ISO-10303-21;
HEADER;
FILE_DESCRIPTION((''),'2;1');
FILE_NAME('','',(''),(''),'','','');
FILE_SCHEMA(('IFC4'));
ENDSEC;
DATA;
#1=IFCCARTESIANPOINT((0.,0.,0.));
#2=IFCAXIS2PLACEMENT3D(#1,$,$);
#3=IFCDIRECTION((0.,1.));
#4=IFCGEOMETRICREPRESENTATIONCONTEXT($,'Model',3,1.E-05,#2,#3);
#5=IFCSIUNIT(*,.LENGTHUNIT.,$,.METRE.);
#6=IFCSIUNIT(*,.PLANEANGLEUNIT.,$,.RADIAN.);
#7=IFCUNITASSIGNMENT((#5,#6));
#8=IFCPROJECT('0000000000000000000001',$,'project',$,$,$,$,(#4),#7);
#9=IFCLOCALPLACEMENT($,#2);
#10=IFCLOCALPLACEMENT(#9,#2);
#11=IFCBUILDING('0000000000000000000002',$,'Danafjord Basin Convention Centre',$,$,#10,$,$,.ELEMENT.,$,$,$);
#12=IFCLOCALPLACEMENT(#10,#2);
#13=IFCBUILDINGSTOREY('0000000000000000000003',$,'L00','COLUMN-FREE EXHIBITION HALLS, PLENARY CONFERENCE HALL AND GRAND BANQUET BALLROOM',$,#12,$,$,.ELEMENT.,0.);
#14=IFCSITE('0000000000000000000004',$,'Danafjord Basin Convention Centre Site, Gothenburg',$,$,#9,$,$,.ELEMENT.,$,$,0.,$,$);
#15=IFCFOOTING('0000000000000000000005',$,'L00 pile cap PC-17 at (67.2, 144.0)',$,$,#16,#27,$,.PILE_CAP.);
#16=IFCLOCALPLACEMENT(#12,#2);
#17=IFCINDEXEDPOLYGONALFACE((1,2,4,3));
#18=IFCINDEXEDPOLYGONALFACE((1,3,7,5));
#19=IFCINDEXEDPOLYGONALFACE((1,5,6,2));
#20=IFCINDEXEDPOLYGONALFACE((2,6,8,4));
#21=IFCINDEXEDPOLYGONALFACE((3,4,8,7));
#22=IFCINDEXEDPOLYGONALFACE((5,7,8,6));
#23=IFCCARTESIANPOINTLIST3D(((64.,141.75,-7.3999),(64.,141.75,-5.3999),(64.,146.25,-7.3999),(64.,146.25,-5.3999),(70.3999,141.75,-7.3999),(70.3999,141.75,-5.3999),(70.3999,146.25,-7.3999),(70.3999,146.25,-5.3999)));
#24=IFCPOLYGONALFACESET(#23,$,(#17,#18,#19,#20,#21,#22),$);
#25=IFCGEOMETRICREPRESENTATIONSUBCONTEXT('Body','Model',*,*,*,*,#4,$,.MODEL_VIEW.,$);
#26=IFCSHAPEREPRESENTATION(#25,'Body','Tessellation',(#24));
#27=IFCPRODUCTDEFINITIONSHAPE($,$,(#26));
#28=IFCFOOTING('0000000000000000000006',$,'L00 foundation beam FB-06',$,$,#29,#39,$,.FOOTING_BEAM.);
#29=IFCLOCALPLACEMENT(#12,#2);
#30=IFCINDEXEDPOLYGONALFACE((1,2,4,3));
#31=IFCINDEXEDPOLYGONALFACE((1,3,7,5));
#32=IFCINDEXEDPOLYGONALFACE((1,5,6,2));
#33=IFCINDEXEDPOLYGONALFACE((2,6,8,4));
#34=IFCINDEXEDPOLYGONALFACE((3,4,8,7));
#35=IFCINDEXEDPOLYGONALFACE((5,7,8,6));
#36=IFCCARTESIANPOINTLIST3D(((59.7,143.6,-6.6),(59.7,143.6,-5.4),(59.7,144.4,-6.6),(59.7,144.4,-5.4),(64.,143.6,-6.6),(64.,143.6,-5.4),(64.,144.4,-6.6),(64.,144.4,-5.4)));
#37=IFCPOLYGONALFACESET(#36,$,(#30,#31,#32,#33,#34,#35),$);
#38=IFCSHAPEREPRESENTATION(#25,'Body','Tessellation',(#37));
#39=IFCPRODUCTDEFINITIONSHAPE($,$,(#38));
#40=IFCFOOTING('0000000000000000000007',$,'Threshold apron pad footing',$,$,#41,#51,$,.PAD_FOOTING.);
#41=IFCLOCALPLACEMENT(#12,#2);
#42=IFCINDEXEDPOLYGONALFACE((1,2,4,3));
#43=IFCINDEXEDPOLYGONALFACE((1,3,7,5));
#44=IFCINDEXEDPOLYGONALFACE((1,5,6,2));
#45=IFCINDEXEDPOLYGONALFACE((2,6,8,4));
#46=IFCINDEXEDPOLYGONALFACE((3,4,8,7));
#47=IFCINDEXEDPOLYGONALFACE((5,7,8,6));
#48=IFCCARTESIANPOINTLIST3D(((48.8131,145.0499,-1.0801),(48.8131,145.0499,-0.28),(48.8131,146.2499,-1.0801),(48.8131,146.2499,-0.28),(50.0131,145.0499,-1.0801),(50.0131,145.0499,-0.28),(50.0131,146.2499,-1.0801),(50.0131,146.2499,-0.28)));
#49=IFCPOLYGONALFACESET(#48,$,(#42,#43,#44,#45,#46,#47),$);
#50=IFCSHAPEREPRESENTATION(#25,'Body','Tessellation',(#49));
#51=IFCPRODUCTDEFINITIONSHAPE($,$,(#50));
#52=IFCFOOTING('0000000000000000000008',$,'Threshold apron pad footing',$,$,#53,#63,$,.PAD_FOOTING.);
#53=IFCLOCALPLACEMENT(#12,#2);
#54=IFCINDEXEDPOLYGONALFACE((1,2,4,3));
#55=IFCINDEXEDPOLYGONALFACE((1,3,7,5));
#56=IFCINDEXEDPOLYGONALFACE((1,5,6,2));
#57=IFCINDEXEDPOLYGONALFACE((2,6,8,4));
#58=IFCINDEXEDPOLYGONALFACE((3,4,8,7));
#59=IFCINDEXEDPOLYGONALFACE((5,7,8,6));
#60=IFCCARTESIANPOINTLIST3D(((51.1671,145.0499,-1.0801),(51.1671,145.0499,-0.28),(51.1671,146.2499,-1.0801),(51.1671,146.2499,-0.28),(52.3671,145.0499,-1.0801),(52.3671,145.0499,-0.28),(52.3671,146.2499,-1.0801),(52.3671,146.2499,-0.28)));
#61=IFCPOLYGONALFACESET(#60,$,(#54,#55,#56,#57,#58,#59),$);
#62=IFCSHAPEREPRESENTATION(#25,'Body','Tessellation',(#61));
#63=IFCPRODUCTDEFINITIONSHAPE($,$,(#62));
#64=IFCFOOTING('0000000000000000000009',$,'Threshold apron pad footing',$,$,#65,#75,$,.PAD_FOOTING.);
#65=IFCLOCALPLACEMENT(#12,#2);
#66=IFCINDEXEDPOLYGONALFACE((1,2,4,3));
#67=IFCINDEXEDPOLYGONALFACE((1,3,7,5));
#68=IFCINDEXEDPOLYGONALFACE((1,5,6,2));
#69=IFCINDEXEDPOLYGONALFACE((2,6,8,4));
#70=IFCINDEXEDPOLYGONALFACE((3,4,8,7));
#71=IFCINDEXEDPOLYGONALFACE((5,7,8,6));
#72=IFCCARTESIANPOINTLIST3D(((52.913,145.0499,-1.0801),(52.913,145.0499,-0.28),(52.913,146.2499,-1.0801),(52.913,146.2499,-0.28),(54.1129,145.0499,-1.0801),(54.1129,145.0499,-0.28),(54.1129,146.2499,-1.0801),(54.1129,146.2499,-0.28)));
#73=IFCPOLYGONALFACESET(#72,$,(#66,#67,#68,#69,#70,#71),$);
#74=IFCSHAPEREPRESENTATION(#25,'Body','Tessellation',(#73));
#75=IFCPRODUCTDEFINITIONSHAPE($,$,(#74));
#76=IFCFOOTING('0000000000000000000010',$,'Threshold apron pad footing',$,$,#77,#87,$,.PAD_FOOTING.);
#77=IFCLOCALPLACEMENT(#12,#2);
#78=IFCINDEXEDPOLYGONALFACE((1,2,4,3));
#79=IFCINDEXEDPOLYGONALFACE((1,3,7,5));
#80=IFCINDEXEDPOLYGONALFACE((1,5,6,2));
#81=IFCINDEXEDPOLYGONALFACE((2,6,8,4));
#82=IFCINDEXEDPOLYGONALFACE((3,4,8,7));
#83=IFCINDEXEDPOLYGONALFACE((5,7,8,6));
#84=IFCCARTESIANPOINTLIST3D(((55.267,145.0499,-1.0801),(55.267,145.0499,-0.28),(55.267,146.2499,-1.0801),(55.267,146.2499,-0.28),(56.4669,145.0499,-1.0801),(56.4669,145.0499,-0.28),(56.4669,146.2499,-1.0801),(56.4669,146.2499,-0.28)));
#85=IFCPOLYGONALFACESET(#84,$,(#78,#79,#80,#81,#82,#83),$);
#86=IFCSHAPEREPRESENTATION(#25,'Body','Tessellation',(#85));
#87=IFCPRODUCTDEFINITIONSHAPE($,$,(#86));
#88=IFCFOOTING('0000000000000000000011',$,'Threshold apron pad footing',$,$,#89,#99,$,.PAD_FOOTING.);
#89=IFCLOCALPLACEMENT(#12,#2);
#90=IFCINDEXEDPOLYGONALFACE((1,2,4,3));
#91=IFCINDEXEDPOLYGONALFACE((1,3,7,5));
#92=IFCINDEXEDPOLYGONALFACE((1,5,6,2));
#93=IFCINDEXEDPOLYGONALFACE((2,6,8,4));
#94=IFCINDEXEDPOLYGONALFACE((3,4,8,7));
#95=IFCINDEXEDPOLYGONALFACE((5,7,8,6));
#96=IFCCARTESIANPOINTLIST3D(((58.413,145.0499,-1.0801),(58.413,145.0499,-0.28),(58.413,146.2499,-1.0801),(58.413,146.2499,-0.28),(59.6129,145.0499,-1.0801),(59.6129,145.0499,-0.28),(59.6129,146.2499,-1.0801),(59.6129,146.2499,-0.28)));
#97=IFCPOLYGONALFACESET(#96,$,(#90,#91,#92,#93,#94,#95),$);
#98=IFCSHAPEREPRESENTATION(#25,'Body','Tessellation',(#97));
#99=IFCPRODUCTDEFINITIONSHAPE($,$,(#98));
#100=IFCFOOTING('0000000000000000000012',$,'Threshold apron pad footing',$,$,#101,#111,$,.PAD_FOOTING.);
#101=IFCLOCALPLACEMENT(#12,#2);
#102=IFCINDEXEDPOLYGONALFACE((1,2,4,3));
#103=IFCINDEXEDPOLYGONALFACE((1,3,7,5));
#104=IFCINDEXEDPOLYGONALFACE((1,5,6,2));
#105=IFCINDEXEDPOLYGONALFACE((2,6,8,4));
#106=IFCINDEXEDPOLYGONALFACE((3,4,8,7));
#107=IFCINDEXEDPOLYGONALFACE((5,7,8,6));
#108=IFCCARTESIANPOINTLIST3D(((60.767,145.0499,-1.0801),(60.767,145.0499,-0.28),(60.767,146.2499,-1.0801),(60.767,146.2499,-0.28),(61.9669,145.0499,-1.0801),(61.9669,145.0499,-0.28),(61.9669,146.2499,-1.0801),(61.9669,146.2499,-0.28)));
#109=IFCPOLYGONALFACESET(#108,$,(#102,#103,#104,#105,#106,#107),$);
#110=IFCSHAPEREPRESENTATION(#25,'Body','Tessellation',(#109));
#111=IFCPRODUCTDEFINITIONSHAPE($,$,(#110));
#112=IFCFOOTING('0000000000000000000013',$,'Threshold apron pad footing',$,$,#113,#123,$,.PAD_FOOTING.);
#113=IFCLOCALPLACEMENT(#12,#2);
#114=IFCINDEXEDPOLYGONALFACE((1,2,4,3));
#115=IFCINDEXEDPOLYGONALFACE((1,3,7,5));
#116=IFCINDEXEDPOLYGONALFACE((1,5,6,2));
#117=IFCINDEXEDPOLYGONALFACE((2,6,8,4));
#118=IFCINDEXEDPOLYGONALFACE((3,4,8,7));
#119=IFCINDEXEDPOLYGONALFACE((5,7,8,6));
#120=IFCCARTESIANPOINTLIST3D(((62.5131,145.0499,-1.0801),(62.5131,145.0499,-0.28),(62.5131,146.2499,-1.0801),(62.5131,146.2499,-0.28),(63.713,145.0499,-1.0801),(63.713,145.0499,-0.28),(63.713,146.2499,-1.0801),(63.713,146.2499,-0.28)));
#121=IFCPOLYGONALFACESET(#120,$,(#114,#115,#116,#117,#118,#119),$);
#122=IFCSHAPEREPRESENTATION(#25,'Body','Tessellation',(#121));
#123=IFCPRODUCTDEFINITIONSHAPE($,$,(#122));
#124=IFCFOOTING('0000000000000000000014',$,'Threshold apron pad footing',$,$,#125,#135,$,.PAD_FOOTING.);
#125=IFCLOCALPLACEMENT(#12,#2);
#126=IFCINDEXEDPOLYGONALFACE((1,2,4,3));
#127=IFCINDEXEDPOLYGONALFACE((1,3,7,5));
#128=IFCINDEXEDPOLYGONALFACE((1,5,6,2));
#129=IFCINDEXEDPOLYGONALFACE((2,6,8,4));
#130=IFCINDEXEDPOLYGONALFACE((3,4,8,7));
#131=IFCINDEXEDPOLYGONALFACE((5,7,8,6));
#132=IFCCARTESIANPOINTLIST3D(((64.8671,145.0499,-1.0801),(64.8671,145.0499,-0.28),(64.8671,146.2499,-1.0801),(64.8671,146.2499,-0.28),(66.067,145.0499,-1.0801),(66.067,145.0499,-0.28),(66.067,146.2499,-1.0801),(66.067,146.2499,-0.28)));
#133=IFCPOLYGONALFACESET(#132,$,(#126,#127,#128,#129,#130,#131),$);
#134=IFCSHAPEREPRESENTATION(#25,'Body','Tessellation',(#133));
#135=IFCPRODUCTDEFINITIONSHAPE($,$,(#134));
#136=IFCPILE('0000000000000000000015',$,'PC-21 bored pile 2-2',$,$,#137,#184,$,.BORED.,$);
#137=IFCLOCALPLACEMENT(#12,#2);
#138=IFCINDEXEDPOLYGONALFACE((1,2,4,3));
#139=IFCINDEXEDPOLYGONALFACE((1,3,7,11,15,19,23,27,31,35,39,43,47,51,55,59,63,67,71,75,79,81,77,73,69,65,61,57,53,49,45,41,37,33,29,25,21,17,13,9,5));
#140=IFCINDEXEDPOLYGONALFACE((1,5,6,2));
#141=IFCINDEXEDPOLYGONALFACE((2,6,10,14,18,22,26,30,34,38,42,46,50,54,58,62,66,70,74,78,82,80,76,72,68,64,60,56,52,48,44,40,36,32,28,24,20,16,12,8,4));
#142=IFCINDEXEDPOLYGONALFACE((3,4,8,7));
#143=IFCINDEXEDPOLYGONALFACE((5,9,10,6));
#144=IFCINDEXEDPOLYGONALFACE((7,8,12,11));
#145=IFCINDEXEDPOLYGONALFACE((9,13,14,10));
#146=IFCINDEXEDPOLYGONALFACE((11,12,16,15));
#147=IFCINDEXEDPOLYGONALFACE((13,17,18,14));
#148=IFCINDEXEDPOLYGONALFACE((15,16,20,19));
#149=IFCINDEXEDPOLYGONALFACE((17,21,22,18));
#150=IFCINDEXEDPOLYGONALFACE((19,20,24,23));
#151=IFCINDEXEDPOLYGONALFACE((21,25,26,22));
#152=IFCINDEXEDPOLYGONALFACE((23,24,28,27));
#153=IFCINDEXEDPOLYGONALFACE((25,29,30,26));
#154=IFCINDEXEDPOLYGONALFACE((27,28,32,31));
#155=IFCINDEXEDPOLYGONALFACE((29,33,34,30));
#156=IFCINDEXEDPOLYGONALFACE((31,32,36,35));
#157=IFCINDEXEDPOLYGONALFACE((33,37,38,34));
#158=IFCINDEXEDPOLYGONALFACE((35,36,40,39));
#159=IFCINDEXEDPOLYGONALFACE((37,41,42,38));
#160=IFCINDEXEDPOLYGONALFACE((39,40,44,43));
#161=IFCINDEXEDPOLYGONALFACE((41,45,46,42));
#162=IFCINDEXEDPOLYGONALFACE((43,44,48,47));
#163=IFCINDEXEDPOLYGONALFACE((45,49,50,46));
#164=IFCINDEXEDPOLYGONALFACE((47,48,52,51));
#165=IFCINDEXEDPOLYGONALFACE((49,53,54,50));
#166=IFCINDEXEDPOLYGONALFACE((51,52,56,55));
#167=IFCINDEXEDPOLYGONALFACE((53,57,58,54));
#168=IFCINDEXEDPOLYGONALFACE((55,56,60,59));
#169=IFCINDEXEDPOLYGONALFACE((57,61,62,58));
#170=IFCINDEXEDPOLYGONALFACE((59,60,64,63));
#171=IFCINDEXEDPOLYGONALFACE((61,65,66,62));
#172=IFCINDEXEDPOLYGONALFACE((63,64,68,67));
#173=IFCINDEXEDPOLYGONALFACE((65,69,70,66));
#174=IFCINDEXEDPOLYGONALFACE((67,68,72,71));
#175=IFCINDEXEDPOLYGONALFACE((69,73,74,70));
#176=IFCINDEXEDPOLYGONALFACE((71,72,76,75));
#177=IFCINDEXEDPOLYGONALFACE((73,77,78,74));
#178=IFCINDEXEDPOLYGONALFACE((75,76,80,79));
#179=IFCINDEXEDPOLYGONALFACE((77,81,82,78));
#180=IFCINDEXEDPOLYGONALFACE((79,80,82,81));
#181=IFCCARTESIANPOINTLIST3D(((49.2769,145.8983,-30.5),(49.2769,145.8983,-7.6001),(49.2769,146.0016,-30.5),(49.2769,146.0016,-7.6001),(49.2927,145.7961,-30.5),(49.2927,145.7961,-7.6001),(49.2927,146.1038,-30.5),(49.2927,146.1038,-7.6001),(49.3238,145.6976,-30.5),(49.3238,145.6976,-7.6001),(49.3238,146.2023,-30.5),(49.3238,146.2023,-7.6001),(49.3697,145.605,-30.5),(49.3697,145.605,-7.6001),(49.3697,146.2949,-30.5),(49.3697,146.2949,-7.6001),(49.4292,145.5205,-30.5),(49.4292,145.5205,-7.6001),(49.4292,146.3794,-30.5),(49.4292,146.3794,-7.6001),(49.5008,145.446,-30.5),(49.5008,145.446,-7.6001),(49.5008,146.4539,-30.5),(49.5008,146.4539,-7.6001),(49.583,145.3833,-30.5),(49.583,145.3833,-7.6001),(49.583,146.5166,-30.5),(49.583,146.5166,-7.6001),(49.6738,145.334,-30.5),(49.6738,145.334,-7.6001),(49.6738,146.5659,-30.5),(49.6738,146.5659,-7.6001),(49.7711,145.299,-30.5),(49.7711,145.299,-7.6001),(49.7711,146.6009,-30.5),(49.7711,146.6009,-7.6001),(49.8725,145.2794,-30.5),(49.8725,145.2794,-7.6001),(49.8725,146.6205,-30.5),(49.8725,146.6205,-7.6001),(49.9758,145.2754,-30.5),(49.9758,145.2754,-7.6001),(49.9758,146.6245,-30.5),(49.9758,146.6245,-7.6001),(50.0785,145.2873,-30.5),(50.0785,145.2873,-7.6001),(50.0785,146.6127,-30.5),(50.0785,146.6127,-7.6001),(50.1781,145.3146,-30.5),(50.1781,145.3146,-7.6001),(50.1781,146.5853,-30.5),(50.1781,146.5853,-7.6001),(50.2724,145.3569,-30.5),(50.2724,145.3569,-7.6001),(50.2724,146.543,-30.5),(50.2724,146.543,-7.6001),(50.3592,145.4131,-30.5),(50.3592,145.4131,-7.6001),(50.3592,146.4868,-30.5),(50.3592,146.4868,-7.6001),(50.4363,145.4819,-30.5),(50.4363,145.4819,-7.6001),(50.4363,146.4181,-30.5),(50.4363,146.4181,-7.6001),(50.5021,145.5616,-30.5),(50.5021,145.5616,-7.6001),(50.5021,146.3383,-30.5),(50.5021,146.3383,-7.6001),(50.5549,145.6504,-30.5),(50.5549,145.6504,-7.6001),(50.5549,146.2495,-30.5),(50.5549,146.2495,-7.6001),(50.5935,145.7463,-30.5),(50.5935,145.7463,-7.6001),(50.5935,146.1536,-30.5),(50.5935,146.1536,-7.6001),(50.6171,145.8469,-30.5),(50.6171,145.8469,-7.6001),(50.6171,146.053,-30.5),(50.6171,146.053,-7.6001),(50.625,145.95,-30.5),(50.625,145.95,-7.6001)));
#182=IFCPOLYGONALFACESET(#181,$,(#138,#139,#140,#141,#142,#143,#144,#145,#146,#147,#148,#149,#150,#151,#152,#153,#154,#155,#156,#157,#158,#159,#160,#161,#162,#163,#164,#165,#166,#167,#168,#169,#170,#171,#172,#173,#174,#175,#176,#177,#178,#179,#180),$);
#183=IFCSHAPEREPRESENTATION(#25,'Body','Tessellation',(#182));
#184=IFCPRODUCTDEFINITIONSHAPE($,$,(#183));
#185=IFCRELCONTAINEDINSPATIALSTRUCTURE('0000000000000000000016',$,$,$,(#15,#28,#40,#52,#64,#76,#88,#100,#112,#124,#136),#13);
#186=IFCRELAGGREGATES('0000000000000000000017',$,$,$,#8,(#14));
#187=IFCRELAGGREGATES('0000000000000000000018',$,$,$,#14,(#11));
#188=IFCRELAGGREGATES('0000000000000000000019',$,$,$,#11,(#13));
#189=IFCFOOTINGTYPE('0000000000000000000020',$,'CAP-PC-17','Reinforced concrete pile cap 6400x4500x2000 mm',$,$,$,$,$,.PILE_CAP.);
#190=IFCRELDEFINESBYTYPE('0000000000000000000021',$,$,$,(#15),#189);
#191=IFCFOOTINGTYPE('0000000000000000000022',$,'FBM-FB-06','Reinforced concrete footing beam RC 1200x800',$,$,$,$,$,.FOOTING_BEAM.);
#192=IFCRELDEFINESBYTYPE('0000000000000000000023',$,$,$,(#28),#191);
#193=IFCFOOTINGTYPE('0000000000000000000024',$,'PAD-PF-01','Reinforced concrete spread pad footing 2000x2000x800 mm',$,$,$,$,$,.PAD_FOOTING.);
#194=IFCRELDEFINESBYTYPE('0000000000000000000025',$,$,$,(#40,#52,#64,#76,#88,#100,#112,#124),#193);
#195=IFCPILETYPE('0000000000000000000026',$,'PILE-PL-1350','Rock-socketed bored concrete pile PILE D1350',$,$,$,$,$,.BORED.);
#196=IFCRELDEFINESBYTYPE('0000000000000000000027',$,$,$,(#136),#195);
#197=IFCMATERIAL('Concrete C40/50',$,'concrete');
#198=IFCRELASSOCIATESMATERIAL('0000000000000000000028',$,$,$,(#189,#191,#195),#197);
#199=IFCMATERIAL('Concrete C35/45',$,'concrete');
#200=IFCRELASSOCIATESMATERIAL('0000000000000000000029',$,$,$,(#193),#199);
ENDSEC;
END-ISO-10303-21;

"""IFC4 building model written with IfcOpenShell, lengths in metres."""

from ifc_helpers import new_model, si_unit, direction, frame, origin, origin_2d, place, context, subcontext, project, spatial, rectangle, circle, extrude, material, material_profile, profile_set, type_object, element, save


model = new_model("IFC4")

# Units and contexts
model_context = context("Model", 3, precision=1e-05, world=origin(), true_north=direction((0.0, 1.0)))
body_context = subcontext(model_context, "Body", "Model", "MODEL_VIEW")
ifc_project = project(units=[si_unit("LENGTHUNIT", "METRE"), si_unit("PLANEANGLEUNIT", "RADIAN")], contexts=[model_context])

# Site, building, storey
site_placement = place(None, origin())
site = spatial("IfcSite", under=ifc_project, at=site_placement, Name="Danafjord Basin Convention Centre Site, Gothenburg", CompositionType="ELEMENT", RefElevation=0.0)
building_placement = place(site_placement, origin())
building = spatial("IfcBuilding", under=site, at=building_placement, Name="Danafjord Basin Convention Centre", CompositionType="ELEMENT")
storey_placement = place(building_placement, origin())
storey = spatial("IfcBuildingStorey", under=building, at=storey_placement, Name="L00", Description="COLUMN-FREE EXHIBITION HALLS, PLENARY CONFERENCE HALL AND GRAND BANQUET BALLROOM", CompositionType="ELEMENT", Elevation=0.0)

# Footings
ifc_material_1 = material(Name="Concrete C40/50", Category="concrete")
footing_type_1 = type_object("IfcFootingType", Name="CAP-PC-17", Description="Reinforced concrete pile cap 6400x4500x2000 mm", PredefinedType="PILE_CAP", material=ifc_material_1)
footing_1_placement = place(storey_placement, frame((67.2, 144.0, -7.3999), z_axis=(0.0, 0.0, 1.0), x_axis=(1.0, 0.0, 0.0)))
element("IfcFooting", 1, at=footing_1_placement, inside=storey, type_object=footing_type_1, Name="L00 pile cap PC-17 at (67.2, 144.0)", PredefinedType="PILE_CAP", context=body_context, shape_type="SweptSolid", body=[
    extrude(rectangle(XDim=6.3999, YDim=4.5, at=origin_2d()), origin(), (0.0, 0.0, 1.0), 2.0),
])
ifc_material_profile_1 = material_profile(ifc_material_1, rectangle(XDim=0.8, YDim=1.2, at=origin_2d()), Name="RC 1200x800")
ifc_profile_set_1 = profile_set([ifc_material_profile_1], Name="Concrete C40/50")
footing_type_2 = type_object("IfcFootingType", Name="FBM-FB-06", Description="Reinforced concrete footing beam RC 1200x800", PredefinedType="FOOTING_BEAM", material=ifc_profile_set_1)
footing_2_placement = place(storey_placement, frame((59.7, 144.0, -6.0), z_axis=(1.0, 0.0, 0.0), x_axis=(0.0, 1.0, 0.0)))
element("IfcFooting", 2, at=footing_2_placement, inside=storey, type_object=footing_type_2, Name="L00 foundation beam FB-06", PredefinedType="FOOTING_BEAM", context=body_context, shape_type="SweptSolid", body=[
    extrude(rectangle(XDim=0.8, YDim=1.2, at=origin_2d()), origin(), (0.0, 0.0, 1.0), 4.3),
])
ifc_material_2 = material(Name="Concrete C35/45", Category="concrete")
footing_type_3 = type_object("IfcFootingType", Name="PAD-PF-01", Description="Reinforced concrete spread pad footing 2000x2000x800 mm", PredefinedType="PAD_FOOTING", material=ifc_material_2)
for number, where, z_axis, x_axis, name in (
    (3, (49.4131, 145.6499, -1.0801), (0.0, 0.0, 1.0), (1.0, 0.0, 0.0), "Threshold apron pad footing"),
    (4, (51.7671, 145.6499, -1.0801), (0.0, 0.0, 1.0), (1.0, 0.0, 0.0), "Threshold apron pad footing"),
    (5, (53.5129, 145.6499, -1.0801), (0.0, 0.0, 1.0), (1.0, 0.0, 0.0), "Threshold apron pad footing"),
    (6, (55.8669, 145.6499, -1.0801), (0.0, 0.0, 1.0), (1.0, 0.0, 0.0), "Threshold apron pad footing"),
    (7, (59.0129, 145.6499, -1.0801), (0.0, 0.0, 1.0), (1.0, 0.0, 0.0), "Threshold apron pad footing"),
    (8, (61.3669, 145.6499, -1.0801), (0.0, 0.0, 1.0), (1.0, 0.0, 0.0), "Threshold apron pad footing"),
    (9, (63.113, 145.6499, -1.0801), (0.0, 0.0, 1.0), (1.0, 0.0, 0.0), "Threshold apron pad footing"),
    (10, (65.467, 145.6499, -1.0801), (0.0, 0.0, 1.0), (1.0, 0.0, 0.0), "Threshold apron pad footing"),
):
    element("IfcFooting", number, at=place(storey_placement, frame(where, z_axis=z_axis, x_axis=x_axis)), inside=storey, type_object=footing_type_3, Name=name, PredefinedType="PAD_FOOTING", context=body_context, shape_type="SweptSolid", body=[
        extrude(rectangle(XDim=1.2, YDim=1.2, at=origin_2d()), origin(), (0.0, 0.0, 1.0), 0.8),
    ])

# Pile
ifc_material_profile_2 = material_profile(ifc_material_1, circle(Radius=0.675, at=origin_2d()), Name="PILE D1350")
ifc_profile_set_2 = profile_set([ifc_material_profile_2], Name="Concrete C40/50")
pile_type_1 = type_object("IfcPileType", Name="PILE-PL-1350", Description="Rock-socketed bored concrete pile PILE D1350", PredefinedType="BORED", material=ifc_profile_set_2)
pile_1_placement = place(storey_placement, frame((49.95, 145.95, -7.6001), z_axis=(0.0, 0.0, -1.0), x_axis=(1.0, 0.0, 0.0)))
element("IfcPile", 11, at=pile_1_placement, inside=storey, type_object=pile_type_1, Name="PC-21 bored pile 2-2", PredefinedType="BORED", context=body_context, shape_type="SweptSolid", body=[
    extrude(circle(Radius=0.675, at=origin_2d()), origin(), (0.0, 0.0, 1.0), 22.8999),
])

save(model, "model.ifc")
